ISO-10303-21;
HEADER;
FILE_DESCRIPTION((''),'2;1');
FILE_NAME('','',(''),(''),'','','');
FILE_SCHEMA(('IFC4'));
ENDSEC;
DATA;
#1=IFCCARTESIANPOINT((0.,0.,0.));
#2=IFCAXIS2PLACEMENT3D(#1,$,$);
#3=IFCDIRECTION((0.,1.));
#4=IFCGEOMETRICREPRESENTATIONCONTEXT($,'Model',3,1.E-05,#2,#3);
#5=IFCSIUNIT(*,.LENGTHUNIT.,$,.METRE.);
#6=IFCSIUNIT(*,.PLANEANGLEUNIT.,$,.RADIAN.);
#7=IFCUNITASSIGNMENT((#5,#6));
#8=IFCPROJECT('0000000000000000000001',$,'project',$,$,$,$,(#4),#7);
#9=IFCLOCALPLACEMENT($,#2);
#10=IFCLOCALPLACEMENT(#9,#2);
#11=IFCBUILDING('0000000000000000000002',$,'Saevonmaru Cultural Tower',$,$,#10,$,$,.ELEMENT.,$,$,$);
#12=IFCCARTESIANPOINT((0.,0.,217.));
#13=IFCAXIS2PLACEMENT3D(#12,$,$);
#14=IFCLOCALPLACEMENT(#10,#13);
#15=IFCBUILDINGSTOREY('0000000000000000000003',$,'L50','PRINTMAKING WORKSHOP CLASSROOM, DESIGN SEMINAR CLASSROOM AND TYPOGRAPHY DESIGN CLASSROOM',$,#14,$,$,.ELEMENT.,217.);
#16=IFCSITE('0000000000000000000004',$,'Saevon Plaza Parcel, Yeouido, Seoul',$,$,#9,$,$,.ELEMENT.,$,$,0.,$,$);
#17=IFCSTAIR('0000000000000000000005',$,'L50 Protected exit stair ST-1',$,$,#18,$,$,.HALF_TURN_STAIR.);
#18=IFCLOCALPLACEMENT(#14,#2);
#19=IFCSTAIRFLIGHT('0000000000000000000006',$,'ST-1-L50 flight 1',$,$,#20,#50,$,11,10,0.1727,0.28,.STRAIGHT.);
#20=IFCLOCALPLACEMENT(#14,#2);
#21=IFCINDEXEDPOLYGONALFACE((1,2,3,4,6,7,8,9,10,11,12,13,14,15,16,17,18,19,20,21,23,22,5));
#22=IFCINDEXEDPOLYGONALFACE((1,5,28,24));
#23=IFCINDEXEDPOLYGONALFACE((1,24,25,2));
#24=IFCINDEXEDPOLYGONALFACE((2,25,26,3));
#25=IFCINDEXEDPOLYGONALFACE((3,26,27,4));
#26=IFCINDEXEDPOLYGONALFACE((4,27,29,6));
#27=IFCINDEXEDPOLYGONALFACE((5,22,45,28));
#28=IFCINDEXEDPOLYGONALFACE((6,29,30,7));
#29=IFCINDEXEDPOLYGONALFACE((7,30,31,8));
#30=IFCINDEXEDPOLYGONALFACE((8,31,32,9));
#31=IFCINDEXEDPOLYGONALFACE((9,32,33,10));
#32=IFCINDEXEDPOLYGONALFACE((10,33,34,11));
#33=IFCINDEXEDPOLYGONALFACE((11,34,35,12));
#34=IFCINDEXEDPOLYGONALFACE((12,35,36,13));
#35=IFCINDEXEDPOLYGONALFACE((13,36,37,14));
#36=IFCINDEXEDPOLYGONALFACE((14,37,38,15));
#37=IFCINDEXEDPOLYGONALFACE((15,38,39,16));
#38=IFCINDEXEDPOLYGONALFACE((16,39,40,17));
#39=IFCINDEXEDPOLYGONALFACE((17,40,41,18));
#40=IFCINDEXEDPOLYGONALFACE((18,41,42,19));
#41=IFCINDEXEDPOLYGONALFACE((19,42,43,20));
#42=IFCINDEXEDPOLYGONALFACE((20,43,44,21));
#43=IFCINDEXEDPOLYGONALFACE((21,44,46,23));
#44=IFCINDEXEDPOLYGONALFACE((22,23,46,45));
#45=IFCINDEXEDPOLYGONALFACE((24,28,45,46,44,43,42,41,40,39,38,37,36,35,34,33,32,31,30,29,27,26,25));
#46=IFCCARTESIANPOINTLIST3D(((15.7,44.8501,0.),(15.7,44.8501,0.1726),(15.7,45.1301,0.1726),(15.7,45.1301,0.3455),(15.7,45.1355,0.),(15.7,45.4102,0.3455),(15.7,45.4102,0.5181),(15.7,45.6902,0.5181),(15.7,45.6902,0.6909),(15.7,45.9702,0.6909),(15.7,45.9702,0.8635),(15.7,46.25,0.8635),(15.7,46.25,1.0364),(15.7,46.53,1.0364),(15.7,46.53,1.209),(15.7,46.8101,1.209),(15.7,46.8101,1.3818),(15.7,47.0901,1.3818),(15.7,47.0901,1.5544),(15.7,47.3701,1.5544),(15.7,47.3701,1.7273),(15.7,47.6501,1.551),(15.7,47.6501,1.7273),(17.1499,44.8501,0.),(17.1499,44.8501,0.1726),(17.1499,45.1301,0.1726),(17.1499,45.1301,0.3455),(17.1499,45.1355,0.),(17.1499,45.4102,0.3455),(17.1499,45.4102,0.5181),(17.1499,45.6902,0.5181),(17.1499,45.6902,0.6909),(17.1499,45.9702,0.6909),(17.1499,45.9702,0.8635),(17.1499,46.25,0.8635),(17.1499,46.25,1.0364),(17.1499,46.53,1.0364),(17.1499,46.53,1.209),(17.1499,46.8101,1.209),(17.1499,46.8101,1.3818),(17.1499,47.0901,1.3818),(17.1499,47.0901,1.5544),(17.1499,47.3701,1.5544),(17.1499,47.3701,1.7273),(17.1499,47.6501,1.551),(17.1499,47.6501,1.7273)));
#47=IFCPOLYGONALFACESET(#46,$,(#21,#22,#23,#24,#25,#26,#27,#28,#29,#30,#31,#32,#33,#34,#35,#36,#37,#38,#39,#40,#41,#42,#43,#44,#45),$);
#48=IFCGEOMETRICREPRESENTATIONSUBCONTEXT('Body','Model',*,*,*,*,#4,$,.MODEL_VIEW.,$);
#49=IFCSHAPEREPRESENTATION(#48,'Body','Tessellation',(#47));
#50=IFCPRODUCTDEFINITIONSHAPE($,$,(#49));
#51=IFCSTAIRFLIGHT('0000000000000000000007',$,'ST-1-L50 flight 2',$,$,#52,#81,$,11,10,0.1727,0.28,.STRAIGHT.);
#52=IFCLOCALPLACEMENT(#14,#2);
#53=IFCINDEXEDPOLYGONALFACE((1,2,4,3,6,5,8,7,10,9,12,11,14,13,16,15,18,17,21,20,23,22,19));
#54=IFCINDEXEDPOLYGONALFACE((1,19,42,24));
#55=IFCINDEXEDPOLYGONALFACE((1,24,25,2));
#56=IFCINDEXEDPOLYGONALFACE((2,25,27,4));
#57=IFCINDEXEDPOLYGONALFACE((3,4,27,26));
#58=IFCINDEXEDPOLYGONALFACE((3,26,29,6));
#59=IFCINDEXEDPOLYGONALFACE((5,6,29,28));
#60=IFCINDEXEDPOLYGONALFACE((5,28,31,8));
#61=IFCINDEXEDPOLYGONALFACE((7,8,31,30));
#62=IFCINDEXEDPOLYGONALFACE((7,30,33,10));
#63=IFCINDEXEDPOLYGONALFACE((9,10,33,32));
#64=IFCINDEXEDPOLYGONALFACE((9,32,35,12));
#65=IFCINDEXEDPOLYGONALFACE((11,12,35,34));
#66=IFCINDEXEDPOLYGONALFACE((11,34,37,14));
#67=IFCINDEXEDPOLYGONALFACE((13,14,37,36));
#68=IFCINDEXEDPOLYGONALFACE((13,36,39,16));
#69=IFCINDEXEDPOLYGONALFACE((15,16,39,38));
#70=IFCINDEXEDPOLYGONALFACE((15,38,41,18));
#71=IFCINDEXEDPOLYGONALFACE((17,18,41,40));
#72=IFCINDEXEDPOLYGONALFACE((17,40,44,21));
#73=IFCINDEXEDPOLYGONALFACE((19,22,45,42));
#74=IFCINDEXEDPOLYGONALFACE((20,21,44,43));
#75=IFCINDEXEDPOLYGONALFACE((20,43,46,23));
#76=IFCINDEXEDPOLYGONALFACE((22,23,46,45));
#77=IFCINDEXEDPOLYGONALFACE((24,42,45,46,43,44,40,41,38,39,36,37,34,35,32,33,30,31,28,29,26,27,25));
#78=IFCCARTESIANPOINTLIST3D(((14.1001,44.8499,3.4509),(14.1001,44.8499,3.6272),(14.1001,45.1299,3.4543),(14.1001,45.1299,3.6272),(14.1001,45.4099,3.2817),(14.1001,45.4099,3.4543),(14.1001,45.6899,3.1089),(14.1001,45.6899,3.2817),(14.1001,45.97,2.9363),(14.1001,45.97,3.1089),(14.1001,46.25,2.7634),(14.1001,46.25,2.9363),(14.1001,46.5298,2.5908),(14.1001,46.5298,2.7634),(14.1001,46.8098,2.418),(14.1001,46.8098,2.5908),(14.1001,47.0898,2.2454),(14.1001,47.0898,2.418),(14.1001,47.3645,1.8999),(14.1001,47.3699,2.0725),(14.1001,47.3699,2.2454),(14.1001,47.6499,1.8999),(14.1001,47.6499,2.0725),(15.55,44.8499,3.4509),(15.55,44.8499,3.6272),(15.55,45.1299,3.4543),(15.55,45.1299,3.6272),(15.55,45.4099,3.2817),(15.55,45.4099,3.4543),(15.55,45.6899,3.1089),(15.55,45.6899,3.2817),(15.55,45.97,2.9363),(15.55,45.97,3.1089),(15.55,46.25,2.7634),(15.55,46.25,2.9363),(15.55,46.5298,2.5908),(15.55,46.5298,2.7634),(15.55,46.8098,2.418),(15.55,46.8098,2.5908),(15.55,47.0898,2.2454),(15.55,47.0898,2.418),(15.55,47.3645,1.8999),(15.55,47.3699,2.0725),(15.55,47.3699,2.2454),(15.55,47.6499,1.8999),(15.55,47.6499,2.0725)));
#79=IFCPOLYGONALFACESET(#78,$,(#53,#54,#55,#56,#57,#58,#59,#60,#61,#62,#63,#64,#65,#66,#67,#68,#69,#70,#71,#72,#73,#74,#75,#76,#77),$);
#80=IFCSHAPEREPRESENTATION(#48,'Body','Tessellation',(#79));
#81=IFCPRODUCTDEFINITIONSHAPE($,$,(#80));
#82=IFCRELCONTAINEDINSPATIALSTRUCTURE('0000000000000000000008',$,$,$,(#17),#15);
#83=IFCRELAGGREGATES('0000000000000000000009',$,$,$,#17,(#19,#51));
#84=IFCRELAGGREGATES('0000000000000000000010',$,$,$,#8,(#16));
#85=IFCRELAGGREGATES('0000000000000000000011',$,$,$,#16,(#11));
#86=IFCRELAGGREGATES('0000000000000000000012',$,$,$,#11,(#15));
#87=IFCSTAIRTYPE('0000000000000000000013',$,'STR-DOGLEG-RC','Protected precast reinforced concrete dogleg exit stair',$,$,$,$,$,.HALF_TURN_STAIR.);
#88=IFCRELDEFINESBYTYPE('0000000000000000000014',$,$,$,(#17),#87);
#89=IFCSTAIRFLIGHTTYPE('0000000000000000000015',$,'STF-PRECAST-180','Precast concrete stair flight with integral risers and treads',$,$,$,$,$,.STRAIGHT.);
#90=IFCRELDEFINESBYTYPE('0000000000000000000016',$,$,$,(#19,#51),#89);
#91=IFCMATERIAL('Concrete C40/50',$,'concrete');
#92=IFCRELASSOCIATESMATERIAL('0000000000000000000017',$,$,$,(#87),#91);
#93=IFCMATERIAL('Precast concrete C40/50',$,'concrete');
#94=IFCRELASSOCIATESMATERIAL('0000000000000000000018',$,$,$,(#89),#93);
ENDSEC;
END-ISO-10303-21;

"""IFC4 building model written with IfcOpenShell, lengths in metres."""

from ifc_helpers import new_model, si_unit, direction, frame, origin, place, context, subcontext, project, spatial, polyline, outline, extrude, material, type_object, element, aggregate, save


model = new_model("IFC4")

# Units and contexts
model_context = context("Model", 3, precision=1e-05, world=origin(), true_north=direction((0.0, 1.0)))
body_context = subcontext(model_context, "Body", "Model", "MODEL_VIEW")
ifc_project = project(units=[si_unit("LENGTHUNIT", "METRE"), si_unit("PLANEANGLEUNIT", "RADIAN")], contexts=[model_context])

# Site, building, storey
site_placement = place(None, origin())
site = spatial("IfcSite", under=ifc_project, at=site_placement, Name="Saevon Plaza Parcel, Yeouido, Seoul", CompositionType="ELEMENT", RefElevation=0.0)
building_placement = place(site_placement, origin())
building = spatial("IfcBuilding", under=site, at=building_placement, Name="Saevonmaru Cultural Tower", CompositionType="ELEMENT")
storey_placement = place(building_placement, frame((0.0, 0.0, 217.0)))
storey = spatial("IfcBuildingStorey", under=building, at=storey_placement, Name="L50", Description="PRINTMAKING WORKSHOP CLASSROOM, DESIGN SEMINAR CLASSROOM AND TYPOGRAPHY DESIGN CLASSROOM", CompositionType="ELEMENT", Elevation=217.0)

# Shared definitions
ifc_material_1 = material(Name="Concrete C40/50", Category="concrete")

# Stair, stair flights
stair_type = type_object("IfcStairType", Name="STR-DOGLEG-RC", Description="Protected precast reinforced concrete dogleg exit stair", PredefinedType="HALF_TURN_STAIR", material=ifc_material_1)
stair_placement = place(storey_placement, origin())
stair = element("IfcStair", 1, at=stair_placement, inside=storey, type_object=stair_type, Name="L50 Protected exit stair ST-1", PredefinedType="HALF_TURN_STAIR")
ifc_material_2 = material(Name="Precast concrete C40/50", Category="concrete")
stair_flight_type = type_object("IfcStairFlightType", Name="STF-PRECAST-180", Description="Precast concrete stair flight with integral risers and treads", PredefinedType="STRAIGHT", material=ifc_material_2)
stair_flight_1_placement = place(storey_placement, frame((16.425, 44.8501, 0.0), z_axis=(0.0, 0.0, 1.0), x_axis=(0.0, 1.0, 0.0)))
stair_flight_1 = element("IfcStairFlight", 2, at=stair_flight_1_placement, type_object=stair_flight_type, Name="ST-1-L50 flight 1", NumberOfRisers=11, NumberOfTreads=10, PredefinedType="STRAIGHT", RiserHeight=0.1727, TreadLength=0.28, context=body_context, shape_type="SweptSolid", body=[
    extrude(outline(polyline([(0.0, 0.0), (0.0, 0.1726), (0.28, 0.1726), (0.28, 0.3455), (0.5601, 0.3455), (0.5601, 0.5181), (0.8401, 0.5181), (0.8401, 0.6909), (1.1201, 0.6909), (1.1201, 0.8635), (1.3999, 0.8635), (1.3999, 1.0364), (1.6799, 1.0364), (1.6799, 1.209), (1.96, 1.209), (1.96, 1.3818), (2.24, 1.3818), (2.24, 1.5544), (2.52, 1.5544), (2.52, 1.7273), (2.8, 1.7273), (2.8, 1.8999), (2.8, 1.551), (0.2854, 0.0), (0.0, 0.0)])), frame((0.0, 0.7251, 0.0), z_axis=(0.0, -1.0, 0.0), x_axis=(1.0, 0.0, 0.0)), (0.0, 0.0, 1.0), 1.45),
])
stair_flight_2_placement = place(storey_placement, frame((14.825, 47.6499, 1.8999), z_axis=(0.0, 0.0, 1.0), x_axis=(0.0, -1.0, 0.0)))
stair_flight_2 = element("IfcStairFlight", 3, at=stair_flight_2_placement, type_object=stair_flight_type, Name="ST-1-L50 flight 2", NumberOfRisers=11, NumberOfTreads=10, PredefinedType="STRAIGHT", RiserHeight=0.1727, TreadLength=0.28, context=body_context, shape_type="SweptSolid", body=[
    extrude(outline(polyline([(0.0, 0.0), (0.0, 0.1726), (0.28, 0.1726), (0.28, 0.3455), (0.5601, 0.3455), (0.5601, 0.5181), (0.8401, 0.5181), (0.8401, 0.6909), (1.1201, 0.6909), (1.1201, 0.8635), (1.3999, 0.8635), (1.3999, 1.0364), (1.6799, 1.0364), (1.6799, 1.209), (1.96, 1.209), (1.96, 1.3818), (2.24, 1.3818), (2.24, 1.5544), (2.52, 1.5544), (2.52, 1.7273), (2.8, 1.7273), (2.8, 1.8999), (2.8, 1.551), (0.2854, 0.0), (0.0, 0.0)])), frame((0.0, 0.7251, 0.0), z_axis=(0.0, -1.0, 0.0), x_axis=(1.0, 0.0, 0.0)), (0.0, 0.0, 1.0), 1.45),
])
aggregate(stair, [stair_flight_1, stair_flight_2])

save(model, "model.ifc")
